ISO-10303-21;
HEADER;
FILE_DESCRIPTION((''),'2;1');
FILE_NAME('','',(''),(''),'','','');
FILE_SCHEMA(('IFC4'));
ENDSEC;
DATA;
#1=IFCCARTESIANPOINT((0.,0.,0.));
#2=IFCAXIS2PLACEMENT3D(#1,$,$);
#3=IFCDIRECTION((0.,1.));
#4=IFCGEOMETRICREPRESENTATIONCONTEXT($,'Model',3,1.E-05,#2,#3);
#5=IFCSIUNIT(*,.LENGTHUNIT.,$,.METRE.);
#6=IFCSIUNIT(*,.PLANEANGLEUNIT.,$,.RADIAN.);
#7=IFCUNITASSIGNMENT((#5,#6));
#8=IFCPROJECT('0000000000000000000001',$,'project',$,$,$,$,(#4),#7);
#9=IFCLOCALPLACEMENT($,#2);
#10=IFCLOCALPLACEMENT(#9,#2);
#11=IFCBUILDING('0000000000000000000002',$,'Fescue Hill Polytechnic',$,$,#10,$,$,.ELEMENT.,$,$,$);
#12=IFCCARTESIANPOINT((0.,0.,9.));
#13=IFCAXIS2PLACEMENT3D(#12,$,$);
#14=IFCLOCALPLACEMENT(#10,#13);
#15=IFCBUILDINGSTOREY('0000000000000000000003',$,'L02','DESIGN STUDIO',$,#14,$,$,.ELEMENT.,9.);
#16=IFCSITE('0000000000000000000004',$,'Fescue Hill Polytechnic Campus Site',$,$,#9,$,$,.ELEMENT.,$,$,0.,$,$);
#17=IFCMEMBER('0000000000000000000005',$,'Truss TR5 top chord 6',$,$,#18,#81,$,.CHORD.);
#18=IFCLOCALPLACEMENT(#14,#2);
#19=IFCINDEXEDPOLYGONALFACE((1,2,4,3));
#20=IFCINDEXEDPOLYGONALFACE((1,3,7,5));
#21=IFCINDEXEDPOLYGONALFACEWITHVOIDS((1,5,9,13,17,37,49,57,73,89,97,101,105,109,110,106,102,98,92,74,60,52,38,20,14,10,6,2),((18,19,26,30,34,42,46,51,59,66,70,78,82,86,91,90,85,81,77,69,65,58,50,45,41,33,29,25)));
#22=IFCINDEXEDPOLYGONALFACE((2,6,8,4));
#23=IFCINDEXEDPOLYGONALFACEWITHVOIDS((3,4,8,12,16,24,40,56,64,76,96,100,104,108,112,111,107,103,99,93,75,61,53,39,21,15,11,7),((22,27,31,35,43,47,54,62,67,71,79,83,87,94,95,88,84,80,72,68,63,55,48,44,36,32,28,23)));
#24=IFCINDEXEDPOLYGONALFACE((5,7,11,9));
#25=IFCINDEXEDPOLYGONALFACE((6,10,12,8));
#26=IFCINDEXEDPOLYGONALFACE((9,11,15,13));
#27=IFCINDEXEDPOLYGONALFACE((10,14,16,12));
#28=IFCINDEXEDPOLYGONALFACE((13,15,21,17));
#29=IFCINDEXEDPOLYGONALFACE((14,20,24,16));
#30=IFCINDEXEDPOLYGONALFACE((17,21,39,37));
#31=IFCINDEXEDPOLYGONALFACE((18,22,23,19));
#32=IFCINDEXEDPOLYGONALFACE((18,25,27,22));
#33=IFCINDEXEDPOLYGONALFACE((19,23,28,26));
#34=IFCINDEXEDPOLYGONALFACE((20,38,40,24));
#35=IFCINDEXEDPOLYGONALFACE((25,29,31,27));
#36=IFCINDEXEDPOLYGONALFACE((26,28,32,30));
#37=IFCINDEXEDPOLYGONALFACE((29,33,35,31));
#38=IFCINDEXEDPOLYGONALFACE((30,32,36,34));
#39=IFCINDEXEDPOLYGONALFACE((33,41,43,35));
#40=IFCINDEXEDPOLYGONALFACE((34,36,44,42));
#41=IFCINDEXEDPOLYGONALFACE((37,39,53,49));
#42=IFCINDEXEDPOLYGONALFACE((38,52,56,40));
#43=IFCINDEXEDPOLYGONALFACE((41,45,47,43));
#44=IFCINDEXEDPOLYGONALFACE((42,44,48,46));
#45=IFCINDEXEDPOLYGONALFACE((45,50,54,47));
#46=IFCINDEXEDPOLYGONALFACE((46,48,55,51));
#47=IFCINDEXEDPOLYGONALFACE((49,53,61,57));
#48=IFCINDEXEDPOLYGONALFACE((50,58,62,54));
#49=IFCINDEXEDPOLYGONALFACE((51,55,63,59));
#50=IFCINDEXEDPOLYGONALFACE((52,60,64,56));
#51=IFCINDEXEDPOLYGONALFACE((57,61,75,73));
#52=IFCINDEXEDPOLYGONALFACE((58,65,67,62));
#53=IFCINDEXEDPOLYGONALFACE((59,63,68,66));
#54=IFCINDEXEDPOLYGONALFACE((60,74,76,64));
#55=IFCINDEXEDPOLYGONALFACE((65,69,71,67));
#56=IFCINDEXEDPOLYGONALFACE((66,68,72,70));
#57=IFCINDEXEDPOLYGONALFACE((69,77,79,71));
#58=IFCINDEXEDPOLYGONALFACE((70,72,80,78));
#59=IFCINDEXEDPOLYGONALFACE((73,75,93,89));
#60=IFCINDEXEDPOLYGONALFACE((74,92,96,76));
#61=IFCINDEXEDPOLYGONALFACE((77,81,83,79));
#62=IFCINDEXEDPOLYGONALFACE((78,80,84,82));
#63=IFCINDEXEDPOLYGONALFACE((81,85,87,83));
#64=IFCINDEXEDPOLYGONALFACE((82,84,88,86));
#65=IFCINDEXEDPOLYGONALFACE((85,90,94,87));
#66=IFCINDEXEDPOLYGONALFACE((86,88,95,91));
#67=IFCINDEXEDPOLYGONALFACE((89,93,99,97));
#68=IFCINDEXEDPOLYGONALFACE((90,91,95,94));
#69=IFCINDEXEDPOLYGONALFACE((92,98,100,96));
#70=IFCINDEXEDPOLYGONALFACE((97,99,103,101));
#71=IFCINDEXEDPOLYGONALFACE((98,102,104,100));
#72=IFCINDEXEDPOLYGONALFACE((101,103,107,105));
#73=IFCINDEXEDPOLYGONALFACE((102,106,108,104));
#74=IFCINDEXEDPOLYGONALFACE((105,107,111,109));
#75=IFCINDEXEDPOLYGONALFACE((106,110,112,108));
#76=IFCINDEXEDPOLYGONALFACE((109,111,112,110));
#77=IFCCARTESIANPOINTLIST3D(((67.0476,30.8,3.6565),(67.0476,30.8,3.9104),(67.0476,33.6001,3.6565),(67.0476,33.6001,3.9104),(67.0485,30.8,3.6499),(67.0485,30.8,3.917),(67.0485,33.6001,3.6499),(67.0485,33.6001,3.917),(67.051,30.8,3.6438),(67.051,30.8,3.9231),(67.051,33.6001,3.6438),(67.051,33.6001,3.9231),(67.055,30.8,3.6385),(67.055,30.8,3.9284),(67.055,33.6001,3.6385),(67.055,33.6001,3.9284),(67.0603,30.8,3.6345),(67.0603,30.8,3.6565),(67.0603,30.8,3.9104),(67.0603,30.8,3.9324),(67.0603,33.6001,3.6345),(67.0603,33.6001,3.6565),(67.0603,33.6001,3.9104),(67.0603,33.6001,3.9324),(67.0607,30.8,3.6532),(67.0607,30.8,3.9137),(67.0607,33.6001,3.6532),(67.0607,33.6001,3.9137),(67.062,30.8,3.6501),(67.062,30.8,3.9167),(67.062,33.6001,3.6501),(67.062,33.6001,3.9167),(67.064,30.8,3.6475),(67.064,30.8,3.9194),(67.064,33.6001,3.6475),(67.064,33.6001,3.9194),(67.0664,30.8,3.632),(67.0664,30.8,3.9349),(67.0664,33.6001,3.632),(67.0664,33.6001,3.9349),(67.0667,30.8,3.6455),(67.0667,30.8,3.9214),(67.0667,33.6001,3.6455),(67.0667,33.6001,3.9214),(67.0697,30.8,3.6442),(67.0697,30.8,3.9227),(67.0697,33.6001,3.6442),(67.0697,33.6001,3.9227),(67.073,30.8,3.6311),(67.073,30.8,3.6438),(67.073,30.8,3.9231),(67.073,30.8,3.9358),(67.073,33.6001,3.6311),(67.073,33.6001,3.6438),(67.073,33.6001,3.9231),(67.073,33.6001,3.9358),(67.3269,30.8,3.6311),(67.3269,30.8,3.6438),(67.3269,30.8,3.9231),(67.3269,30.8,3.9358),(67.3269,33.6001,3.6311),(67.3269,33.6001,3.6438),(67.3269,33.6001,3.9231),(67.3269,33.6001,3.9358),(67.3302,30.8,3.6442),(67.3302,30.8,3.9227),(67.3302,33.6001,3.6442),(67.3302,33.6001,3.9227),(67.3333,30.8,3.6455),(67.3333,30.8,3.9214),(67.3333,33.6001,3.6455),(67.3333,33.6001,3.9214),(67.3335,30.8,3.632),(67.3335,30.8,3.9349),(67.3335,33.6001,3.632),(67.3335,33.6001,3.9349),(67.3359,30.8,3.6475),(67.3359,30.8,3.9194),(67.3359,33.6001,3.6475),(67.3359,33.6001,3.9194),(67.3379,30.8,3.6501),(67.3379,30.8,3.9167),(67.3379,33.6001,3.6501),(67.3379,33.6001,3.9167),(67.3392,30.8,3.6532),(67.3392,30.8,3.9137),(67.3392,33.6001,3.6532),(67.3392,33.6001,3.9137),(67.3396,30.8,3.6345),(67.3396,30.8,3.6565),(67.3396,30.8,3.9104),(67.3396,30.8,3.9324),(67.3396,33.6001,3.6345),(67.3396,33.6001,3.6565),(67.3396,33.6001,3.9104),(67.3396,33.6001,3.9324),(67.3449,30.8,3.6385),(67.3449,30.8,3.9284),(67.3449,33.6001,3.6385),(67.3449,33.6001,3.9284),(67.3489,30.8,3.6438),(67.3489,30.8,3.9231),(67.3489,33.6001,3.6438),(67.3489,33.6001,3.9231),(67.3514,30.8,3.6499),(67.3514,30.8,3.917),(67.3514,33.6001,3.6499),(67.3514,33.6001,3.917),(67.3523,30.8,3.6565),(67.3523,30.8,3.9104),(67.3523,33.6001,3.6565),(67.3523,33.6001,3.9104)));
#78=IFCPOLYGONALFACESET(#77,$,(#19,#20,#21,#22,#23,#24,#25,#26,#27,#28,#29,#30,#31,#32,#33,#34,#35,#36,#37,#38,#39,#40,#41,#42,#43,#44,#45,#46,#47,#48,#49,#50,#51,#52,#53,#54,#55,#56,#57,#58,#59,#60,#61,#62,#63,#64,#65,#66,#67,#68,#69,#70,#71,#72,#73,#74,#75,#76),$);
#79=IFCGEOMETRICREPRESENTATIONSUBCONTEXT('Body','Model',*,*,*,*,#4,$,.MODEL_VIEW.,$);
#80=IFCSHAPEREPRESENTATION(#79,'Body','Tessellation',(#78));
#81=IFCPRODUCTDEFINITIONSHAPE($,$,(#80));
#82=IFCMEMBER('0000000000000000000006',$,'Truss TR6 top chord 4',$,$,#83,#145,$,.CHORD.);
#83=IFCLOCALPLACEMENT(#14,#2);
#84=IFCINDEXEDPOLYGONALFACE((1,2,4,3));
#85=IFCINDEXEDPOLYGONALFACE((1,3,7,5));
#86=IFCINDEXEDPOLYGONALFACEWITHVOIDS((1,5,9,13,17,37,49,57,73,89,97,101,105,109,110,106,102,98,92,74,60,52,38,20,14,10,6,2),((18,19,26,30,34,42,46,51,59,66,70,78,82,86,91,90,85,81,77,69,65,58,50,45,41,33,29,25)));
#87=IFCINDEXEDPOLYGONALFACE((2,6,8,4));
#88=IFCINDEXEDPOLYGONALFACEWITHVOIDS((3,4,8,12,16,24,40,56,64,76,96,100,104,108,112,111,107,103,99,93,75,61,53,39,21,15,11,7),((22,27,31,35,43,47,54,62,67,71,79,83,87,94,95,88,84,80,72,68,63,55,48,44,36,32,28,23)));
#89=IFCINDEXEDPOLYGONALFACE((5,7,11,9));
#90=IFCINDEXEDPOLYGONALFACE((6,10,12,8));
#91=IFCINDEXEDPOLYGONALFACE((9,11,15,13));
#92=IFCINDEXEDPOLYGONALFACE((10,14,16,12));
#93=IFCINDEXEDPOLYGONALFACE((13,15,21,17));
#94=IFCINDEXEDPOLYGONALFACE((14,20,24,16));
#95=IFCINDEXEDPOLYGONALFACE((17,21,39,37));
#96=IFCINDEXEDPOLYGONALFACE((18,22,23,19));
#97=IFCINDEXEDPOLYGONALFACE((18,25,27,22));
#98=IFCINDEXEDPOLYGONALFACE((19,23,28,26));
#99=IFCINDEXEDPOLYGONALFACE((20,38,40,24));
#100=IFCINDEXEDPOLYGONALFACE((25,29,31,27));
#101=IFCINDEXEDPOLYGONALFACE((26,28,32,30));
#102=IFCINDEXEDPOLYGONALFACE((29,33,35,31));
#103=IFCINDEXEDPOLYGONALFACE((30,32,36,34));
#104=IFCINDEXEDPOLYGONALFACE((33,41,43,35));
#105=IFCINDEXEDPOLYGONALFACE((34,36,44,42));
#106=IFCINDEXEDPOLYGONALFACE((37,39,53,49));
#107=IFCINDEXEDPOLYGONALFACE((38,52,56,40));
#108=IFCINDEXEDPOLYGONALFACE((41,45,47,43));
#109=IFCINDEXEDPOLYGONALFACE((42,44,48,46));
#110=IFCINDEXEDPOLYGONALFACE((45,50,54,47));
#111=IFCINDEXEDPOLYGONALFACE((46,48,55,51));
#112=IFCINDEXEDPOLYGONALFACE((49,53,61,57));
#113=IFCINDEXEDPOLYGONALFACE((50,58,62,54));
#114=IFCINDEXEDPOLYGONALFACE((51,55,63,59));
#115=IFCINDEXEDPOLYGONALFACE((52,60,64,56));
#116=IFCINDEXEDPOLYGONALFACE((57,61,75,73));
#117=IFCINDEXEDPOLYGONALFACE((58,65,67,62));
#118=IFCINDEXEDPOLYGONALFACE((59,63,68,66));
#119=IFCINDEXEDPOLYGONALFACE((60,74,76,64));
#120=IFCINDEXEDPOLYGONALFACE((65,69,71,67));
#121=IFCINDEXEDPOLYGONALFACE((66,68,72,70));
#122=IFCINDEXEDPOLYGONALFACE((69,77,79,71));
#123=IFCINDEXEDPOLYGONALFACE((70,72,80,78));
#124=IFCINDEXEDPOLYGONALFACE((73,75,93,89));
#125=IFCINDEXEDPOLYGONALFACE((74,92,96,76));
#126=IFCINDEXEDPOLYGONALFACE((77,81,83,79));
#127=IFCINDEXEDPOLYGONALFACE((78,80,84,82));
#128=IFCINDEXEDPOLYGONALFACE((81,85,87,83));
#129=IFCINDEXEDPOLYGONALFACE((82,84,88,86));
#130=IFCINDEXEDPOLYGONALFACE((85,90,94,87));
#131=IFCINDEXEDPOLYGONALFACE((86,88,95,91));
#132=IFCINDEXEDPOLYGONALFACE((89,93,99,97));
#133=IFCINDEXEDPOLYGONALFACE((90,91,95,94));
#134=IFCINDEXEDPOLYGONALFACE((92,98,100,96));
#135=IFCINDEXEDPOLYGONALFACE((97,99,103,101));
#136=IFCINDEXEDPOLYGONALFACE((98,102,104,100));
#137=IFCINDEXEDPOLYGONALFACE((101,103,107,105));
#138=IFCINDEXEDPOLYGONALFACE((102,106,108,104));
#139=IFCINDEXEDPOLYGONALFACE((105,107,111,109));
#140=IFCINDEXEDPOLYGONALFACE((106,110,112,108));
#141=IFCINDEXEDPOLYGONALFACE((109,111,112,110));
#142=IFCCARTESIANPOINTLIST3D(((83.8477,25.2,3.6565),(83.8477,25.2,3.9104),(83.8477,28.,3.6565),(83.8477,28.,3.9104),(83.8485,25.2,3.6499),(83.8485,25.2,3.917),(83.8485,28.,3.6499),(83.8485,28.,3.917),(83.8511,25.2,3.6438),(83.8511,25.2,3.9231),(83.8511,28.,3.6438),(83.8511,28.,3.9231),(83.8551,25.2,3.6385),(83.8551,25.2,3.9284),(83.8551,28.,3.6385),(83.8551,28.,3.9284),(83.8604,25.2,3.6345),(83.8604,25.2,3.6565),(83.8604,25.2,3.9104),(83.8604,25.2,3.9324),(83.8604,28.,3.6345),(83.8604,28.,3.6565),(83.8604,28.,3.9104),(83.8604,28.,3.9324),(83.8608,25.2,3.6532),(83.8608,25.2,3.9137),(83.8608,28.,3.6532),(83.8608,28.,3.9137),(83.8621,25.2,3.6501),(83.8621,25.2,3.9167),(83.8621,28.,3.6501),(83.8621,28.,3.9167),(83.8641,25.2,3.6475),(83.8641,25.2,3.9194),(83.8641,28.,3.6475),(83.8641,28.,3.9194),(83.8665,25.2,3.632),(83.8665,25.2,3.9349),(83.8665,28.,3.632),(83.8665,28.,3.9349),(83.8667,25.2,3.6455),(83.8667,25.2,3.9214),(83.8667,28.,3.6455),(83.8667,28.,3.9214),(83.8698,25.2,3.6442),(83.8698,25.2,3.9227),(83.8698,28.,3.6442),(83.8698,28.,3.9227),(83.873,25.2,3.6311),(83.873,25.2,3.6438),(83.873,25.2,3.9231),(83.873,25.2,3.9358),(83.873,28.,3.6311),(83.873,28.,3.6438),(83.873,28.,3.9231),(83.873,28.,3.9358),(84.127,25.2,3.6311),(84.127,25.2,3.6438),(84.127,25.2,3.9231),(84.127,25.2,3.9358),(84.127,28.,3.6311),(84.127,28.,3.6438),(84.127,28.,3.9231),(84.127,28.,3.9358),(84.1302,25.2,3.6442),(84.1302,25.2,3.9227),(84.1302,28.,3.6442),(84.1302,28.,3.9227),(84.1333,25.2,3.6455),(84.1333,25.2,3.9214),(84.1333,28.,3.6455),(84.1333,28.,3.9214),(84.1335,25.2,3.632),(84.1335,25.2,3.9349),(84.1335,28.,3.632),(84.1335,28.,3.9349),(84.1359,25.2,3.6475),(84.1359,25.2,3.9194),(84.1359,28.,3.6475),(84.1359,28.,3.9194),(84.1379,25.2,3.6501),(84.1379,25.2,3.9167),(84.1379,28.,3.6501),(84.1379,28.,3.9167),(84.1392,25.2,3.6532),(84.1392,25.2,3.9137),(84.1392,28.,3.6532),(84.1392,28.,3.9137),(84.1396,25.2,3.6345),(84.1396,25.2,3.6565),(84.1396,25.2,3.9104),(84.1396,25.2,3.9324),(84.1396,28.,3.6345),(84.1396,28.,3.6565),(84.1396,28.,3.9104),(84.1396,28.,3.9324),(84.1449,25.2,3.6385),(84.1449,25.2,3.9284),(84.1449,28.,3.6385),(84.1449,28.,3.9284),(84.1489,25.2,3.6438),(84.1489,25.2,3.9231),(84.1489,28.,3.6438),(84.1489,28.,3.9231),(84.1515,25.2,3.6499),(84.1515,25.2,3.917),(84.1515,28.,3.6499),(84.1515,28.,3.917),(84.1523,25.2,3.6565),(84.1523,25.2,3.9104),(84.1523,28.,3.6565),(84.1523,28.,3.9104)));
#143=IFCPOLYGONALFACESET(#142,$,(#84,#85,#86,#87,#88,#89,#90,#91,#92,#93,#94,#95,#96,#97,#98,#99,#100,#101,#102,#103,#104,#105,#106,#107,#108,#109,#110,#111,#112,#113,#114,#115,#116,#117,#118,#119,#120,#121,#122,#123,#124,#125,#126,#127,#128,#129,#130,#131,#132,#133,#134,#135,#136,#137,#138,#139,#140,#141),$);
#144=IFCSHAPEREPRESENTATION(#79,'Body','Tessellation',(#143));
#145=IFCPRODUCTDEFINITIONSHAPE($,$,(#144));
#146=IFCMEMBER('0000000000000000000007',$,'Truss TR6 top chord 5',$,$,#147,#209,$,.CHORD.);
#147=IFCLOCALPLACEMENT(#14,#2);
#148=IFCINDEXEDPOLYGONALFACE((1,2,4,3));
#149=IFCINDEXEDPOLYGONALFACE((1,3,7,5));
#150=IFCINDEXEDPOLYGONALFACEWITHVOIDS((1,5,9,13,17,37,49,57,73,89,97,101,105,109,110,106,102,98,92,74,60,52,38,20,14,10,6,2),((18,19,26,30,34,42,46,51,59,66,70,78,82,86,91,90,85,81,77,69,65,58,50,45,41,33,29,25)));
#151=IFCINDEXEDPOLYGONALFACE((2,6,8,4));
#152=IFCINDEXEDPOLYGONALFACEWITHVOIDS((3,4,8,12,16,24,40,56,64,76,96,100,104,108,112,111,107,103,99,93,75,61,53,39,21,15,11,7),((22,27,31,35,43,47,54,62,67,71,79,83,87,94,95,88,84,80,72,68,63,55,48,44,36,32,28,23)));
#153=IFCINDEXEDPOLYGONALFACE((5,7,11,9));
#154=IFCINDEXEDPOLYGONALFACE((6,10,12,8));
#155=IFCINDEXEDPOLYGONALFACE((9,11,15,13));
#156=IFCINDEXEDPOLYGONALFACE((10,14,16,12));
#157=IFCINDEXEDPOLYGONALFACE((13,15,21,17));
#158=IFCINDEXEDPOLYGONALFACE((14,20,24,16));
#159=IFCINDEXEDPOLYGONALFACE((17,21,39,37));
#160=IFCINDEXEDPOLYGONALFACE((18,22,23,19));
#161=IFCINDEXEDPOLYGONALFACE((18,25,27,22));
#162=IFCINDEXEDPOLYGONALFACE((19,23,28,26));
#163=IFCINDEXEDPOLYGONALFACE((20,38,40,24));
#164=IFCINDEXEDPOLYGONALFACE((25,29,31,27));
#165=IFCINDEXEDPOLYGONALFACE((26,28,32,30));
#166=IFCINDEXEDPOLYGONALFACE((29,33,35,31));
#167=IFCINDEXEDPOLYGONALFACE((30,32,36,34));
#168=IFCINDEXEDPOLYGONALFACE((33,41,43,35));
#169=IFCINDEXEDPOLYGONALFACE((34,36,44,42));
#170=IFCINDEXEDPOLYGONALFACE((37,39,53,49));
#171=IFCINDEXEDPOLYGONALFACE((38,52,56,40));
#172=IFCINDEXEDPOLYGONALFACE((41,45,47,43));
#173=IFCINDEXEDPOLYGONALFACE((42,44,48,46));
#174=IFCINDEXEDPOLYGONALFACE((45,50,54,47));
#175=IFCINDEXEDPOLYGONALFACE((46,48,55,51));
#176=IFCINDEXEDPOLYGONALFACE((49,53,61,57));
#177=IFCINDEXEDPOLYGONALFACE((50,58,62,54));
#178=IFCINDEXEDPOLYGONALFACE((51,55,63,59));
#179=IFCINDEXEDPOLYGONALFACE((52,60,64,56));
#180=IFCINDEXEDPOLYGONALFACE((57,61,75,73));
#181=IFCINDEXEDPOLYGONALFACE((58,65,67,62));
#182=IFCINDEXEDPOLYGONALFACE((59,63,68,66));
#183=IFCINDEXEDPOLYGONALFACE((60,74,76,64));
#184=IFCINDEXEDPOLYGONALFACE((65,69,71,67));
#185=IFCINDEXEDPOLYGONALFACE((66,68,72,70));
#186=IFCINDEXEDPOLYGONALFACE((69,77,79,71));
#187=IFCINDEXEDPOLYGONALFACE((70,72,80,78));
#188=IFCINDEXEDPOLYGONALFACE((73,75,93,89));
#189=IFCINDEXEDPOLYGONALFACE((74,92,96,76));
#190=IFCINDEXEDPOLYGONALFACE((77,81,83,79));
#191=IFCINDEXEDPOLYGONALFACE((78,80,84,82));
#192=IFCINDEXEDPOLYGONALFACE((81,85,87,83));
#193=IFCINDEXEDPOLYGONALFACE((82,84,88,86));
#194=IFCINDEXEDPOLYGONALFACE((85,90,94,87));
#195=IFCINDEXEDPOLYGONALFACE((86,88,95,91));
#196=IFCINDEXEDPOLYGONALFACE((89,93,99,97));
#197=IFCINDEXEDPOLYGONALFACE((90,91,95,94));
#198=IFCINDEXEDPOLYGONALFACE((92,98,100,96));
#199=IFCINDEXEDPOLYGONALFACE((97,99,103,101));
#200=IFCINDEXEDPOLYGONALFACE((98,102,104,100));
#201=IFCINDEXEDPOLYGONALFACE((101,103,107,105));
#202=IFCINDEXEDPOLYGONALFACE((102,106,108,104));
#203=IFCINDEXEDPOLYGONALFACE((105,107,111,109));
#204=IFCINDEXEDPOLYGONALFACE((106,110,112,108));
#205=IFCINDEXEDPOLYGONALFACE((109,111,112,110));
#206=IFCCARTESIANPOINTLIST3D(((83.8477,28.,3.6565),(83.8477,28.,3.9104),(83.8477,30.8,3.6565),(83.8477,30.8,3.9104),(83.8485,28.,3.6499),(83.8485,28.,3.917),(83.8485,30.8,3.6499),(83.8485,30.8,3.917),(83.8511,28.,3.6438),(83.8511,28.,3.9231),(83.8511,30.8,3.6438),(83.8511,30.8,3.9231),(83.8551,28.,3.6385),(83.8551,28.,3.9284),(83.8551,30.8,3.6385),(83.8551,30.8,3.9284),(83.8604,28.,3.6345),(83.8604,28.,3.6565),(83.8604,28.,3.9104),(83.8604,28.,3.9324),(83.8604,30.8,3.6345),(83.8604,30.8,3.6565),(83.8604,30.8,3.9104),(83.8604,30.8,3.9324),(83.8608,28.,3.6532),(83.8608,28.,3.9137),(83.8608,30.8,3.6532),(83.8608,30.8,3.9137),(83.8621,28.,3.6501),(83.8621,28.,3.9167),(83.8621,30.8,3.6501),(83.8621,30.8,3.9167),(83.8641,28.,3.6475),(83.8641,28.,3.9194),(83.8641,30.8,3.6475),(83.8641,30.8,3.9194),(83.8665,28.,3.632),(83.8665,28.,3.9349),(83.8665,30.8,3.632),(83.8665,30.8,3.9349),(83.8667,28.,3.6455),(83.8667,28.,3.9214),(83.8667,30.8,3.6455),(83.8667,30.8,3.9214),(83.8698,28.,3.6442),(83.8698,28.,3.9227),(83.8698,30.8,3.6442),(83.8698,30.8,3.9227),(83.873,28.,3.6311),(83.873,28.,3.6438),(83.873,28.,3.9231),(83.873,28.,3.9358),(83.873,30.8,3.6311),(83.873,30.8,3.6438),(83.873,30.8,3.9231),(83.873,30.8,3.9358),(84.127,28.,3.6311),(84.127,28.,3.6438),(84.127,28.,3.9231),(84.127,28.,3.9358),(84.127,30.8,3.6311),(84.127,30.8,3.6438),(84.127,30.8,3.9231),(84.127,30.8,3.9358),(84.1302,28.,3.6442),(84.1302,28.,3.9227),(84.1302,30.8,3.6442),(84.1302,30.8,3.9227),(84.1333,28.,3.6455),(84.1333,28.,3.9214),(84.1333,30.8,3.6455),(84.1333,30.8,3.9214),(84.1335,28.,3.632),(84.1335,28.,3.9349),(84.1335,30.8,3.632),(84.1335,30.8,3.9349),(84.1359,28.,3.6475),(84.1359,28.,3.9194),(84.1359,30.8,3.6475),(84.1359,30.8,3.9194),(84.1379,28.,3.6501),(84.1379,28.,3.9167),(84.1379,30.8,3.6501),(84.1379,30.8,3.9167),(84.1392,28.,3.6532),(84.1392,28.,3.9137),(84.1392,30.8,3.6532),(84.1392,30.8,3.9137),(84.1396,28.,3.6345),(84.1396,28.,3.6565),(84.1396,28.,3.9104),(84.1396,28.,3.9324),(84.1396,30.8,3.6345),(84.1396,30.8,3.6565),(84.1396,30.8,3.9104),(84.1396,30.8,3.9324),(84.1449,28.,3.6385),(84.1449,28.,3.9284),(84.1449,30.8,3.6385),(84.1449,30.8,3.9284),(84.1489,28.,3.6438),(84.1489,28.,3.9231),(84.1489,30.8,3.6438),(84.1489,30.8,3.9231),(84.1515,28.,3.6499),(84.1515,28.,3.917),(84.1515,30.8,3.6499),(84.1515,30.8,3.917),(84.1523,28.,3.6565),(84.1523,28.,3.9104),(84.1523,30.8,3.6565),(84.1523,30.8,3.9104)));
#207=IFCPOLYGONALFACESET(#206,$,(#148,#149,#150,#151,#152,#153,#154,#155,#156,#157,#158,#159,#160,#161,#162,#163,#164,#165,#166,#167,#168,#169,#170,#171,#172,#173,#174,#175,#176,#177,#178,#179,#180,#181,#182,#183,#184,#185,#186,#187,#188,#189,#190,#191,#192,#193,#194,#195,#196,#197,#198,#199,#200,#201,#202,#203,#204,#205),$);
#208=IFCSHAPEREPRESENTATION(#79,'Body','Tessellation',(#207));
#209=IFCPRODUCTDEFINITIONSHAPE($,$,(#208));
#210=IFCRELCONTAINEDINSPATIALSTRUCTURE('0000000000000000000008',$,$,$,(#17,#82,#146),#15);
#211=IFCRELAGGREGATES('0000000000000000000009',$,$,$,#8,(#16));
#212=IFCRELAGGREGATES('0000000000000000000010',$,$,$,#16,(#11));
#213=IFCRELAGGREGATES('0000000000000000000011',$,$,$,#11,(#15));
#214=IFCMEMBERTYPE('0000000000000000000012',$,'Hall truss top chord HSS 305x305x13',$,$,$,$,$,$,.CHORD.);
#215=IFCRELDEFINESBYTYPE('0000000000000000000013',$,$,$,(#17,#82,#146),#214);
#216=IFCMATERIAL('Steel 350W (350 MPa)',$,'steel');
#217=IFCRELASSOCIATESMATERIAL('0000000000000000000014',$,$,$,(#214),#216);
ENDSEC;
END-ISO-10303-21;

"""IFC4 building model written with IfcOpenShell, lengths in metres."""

from ifc_helpers import new_model, si_unit, direction, frame, origin, origin_2d, place, context, subcontext, project, spatial, hollow_rectangle, extrude, material, material_profile, profile_set, type_object, element, save


model = new_model("IFC4")

# Units and contexts
model_context = context("Model", 3, precision=1e-05, world=origin(), true_north=direction((0.0, 1.0)))
body_context = subcontext(model_context, "Body", "Model", "MODEL_VIEW")
ifc_project = project(units=[si_unit("LENGTHUNIT", "METRE"), si_unit("PLANEANGLEUNIT", "RADIAN")], contexts=[model_context])

# Site, building, storey
site_placement = place(None, origin())
site = spatial("IfcSite", under=ifc_project, at=site_placement, Name="Fescue Hill Polytechnic Campus Site", CompositionType="ELEMENT", RefElevation=0.0)
building_placement = place(site_placement, origin())
building = spatial("IfcBuilding", under=site, at=building_placement, Name="Fescue Hill Polytechnic", CompositionType="ELEMENT")
storey_placement = place(building_placement, frame((0.0, 0.0, 9.0)))
storey = spatial("IfcBuildingStorey", under=building, at=storey_placement, Name="L02", Description="DESIGN STUDIO", CompositionType="ELEMENT", Elevation=9.0)

# Members
ifc_material = material(Name="Steel 350W (350 MPa)", Category="steel")
ifc_material_profile_1 = material_profile(ifc_material, hollow_rectangle(XDim=0.3047, YDim=0.3047, WallThickness=0.0127, InnerFilletRadius=0.0127, OuterFilletRadius=0.0254, at=origin_2d()), Name="Hall truss top chord HSS 305x305x13")
ifc_profile_set_1 = profile_set([ifc_material_profile_1], Name="Steel 350W (350 MPa)")
member_type_1 = type_object("IfcMemberType", Name="Hall truss top chord HSS 305x305x13", PredefinedType="CHORD", material=ifc_profile_set_1)
for number, where, z_axis, x_axis, name in (
    (1, (67.2, 30.8, 3.7834), (0.0, 1.0, 0.0), (-1.0, 0.0, 0.0), "Truss TR5 top chord 6"),
    (2, (84.0, 25.2, 3.7834), (0.0, 1.0, 0.0), (-1.0, 0.0, 0.0), "Truss TR6 top chord 4"),
    (3, (84.0, 28.0, 3.7834), (0.0, 1.0, 0.0), (-1.0, 0.0, 0.0), "Truss TR6 top chord 5"),
):
    element("IfcMember", number, at=place(storey_placement, frame(where, z_axis=z_axis, x_axis=x_axis)), inside=storey, type_object=member_type_1, Name=name, PredefinedType="CHORD", context=body_context, shape_type="SweptSolid", body=[
        extrude(hollow_rectangle(XDim=0.3047, YDim=0.3047, WallThickness=0.0127, InnerFilletRadius=0.0127, OuterFilletRadius=0.0254, at=origin_2d()), origin(), (0.0, 0.0, 1.0), 2.8),
    ])

save(model, "model.ifc")
